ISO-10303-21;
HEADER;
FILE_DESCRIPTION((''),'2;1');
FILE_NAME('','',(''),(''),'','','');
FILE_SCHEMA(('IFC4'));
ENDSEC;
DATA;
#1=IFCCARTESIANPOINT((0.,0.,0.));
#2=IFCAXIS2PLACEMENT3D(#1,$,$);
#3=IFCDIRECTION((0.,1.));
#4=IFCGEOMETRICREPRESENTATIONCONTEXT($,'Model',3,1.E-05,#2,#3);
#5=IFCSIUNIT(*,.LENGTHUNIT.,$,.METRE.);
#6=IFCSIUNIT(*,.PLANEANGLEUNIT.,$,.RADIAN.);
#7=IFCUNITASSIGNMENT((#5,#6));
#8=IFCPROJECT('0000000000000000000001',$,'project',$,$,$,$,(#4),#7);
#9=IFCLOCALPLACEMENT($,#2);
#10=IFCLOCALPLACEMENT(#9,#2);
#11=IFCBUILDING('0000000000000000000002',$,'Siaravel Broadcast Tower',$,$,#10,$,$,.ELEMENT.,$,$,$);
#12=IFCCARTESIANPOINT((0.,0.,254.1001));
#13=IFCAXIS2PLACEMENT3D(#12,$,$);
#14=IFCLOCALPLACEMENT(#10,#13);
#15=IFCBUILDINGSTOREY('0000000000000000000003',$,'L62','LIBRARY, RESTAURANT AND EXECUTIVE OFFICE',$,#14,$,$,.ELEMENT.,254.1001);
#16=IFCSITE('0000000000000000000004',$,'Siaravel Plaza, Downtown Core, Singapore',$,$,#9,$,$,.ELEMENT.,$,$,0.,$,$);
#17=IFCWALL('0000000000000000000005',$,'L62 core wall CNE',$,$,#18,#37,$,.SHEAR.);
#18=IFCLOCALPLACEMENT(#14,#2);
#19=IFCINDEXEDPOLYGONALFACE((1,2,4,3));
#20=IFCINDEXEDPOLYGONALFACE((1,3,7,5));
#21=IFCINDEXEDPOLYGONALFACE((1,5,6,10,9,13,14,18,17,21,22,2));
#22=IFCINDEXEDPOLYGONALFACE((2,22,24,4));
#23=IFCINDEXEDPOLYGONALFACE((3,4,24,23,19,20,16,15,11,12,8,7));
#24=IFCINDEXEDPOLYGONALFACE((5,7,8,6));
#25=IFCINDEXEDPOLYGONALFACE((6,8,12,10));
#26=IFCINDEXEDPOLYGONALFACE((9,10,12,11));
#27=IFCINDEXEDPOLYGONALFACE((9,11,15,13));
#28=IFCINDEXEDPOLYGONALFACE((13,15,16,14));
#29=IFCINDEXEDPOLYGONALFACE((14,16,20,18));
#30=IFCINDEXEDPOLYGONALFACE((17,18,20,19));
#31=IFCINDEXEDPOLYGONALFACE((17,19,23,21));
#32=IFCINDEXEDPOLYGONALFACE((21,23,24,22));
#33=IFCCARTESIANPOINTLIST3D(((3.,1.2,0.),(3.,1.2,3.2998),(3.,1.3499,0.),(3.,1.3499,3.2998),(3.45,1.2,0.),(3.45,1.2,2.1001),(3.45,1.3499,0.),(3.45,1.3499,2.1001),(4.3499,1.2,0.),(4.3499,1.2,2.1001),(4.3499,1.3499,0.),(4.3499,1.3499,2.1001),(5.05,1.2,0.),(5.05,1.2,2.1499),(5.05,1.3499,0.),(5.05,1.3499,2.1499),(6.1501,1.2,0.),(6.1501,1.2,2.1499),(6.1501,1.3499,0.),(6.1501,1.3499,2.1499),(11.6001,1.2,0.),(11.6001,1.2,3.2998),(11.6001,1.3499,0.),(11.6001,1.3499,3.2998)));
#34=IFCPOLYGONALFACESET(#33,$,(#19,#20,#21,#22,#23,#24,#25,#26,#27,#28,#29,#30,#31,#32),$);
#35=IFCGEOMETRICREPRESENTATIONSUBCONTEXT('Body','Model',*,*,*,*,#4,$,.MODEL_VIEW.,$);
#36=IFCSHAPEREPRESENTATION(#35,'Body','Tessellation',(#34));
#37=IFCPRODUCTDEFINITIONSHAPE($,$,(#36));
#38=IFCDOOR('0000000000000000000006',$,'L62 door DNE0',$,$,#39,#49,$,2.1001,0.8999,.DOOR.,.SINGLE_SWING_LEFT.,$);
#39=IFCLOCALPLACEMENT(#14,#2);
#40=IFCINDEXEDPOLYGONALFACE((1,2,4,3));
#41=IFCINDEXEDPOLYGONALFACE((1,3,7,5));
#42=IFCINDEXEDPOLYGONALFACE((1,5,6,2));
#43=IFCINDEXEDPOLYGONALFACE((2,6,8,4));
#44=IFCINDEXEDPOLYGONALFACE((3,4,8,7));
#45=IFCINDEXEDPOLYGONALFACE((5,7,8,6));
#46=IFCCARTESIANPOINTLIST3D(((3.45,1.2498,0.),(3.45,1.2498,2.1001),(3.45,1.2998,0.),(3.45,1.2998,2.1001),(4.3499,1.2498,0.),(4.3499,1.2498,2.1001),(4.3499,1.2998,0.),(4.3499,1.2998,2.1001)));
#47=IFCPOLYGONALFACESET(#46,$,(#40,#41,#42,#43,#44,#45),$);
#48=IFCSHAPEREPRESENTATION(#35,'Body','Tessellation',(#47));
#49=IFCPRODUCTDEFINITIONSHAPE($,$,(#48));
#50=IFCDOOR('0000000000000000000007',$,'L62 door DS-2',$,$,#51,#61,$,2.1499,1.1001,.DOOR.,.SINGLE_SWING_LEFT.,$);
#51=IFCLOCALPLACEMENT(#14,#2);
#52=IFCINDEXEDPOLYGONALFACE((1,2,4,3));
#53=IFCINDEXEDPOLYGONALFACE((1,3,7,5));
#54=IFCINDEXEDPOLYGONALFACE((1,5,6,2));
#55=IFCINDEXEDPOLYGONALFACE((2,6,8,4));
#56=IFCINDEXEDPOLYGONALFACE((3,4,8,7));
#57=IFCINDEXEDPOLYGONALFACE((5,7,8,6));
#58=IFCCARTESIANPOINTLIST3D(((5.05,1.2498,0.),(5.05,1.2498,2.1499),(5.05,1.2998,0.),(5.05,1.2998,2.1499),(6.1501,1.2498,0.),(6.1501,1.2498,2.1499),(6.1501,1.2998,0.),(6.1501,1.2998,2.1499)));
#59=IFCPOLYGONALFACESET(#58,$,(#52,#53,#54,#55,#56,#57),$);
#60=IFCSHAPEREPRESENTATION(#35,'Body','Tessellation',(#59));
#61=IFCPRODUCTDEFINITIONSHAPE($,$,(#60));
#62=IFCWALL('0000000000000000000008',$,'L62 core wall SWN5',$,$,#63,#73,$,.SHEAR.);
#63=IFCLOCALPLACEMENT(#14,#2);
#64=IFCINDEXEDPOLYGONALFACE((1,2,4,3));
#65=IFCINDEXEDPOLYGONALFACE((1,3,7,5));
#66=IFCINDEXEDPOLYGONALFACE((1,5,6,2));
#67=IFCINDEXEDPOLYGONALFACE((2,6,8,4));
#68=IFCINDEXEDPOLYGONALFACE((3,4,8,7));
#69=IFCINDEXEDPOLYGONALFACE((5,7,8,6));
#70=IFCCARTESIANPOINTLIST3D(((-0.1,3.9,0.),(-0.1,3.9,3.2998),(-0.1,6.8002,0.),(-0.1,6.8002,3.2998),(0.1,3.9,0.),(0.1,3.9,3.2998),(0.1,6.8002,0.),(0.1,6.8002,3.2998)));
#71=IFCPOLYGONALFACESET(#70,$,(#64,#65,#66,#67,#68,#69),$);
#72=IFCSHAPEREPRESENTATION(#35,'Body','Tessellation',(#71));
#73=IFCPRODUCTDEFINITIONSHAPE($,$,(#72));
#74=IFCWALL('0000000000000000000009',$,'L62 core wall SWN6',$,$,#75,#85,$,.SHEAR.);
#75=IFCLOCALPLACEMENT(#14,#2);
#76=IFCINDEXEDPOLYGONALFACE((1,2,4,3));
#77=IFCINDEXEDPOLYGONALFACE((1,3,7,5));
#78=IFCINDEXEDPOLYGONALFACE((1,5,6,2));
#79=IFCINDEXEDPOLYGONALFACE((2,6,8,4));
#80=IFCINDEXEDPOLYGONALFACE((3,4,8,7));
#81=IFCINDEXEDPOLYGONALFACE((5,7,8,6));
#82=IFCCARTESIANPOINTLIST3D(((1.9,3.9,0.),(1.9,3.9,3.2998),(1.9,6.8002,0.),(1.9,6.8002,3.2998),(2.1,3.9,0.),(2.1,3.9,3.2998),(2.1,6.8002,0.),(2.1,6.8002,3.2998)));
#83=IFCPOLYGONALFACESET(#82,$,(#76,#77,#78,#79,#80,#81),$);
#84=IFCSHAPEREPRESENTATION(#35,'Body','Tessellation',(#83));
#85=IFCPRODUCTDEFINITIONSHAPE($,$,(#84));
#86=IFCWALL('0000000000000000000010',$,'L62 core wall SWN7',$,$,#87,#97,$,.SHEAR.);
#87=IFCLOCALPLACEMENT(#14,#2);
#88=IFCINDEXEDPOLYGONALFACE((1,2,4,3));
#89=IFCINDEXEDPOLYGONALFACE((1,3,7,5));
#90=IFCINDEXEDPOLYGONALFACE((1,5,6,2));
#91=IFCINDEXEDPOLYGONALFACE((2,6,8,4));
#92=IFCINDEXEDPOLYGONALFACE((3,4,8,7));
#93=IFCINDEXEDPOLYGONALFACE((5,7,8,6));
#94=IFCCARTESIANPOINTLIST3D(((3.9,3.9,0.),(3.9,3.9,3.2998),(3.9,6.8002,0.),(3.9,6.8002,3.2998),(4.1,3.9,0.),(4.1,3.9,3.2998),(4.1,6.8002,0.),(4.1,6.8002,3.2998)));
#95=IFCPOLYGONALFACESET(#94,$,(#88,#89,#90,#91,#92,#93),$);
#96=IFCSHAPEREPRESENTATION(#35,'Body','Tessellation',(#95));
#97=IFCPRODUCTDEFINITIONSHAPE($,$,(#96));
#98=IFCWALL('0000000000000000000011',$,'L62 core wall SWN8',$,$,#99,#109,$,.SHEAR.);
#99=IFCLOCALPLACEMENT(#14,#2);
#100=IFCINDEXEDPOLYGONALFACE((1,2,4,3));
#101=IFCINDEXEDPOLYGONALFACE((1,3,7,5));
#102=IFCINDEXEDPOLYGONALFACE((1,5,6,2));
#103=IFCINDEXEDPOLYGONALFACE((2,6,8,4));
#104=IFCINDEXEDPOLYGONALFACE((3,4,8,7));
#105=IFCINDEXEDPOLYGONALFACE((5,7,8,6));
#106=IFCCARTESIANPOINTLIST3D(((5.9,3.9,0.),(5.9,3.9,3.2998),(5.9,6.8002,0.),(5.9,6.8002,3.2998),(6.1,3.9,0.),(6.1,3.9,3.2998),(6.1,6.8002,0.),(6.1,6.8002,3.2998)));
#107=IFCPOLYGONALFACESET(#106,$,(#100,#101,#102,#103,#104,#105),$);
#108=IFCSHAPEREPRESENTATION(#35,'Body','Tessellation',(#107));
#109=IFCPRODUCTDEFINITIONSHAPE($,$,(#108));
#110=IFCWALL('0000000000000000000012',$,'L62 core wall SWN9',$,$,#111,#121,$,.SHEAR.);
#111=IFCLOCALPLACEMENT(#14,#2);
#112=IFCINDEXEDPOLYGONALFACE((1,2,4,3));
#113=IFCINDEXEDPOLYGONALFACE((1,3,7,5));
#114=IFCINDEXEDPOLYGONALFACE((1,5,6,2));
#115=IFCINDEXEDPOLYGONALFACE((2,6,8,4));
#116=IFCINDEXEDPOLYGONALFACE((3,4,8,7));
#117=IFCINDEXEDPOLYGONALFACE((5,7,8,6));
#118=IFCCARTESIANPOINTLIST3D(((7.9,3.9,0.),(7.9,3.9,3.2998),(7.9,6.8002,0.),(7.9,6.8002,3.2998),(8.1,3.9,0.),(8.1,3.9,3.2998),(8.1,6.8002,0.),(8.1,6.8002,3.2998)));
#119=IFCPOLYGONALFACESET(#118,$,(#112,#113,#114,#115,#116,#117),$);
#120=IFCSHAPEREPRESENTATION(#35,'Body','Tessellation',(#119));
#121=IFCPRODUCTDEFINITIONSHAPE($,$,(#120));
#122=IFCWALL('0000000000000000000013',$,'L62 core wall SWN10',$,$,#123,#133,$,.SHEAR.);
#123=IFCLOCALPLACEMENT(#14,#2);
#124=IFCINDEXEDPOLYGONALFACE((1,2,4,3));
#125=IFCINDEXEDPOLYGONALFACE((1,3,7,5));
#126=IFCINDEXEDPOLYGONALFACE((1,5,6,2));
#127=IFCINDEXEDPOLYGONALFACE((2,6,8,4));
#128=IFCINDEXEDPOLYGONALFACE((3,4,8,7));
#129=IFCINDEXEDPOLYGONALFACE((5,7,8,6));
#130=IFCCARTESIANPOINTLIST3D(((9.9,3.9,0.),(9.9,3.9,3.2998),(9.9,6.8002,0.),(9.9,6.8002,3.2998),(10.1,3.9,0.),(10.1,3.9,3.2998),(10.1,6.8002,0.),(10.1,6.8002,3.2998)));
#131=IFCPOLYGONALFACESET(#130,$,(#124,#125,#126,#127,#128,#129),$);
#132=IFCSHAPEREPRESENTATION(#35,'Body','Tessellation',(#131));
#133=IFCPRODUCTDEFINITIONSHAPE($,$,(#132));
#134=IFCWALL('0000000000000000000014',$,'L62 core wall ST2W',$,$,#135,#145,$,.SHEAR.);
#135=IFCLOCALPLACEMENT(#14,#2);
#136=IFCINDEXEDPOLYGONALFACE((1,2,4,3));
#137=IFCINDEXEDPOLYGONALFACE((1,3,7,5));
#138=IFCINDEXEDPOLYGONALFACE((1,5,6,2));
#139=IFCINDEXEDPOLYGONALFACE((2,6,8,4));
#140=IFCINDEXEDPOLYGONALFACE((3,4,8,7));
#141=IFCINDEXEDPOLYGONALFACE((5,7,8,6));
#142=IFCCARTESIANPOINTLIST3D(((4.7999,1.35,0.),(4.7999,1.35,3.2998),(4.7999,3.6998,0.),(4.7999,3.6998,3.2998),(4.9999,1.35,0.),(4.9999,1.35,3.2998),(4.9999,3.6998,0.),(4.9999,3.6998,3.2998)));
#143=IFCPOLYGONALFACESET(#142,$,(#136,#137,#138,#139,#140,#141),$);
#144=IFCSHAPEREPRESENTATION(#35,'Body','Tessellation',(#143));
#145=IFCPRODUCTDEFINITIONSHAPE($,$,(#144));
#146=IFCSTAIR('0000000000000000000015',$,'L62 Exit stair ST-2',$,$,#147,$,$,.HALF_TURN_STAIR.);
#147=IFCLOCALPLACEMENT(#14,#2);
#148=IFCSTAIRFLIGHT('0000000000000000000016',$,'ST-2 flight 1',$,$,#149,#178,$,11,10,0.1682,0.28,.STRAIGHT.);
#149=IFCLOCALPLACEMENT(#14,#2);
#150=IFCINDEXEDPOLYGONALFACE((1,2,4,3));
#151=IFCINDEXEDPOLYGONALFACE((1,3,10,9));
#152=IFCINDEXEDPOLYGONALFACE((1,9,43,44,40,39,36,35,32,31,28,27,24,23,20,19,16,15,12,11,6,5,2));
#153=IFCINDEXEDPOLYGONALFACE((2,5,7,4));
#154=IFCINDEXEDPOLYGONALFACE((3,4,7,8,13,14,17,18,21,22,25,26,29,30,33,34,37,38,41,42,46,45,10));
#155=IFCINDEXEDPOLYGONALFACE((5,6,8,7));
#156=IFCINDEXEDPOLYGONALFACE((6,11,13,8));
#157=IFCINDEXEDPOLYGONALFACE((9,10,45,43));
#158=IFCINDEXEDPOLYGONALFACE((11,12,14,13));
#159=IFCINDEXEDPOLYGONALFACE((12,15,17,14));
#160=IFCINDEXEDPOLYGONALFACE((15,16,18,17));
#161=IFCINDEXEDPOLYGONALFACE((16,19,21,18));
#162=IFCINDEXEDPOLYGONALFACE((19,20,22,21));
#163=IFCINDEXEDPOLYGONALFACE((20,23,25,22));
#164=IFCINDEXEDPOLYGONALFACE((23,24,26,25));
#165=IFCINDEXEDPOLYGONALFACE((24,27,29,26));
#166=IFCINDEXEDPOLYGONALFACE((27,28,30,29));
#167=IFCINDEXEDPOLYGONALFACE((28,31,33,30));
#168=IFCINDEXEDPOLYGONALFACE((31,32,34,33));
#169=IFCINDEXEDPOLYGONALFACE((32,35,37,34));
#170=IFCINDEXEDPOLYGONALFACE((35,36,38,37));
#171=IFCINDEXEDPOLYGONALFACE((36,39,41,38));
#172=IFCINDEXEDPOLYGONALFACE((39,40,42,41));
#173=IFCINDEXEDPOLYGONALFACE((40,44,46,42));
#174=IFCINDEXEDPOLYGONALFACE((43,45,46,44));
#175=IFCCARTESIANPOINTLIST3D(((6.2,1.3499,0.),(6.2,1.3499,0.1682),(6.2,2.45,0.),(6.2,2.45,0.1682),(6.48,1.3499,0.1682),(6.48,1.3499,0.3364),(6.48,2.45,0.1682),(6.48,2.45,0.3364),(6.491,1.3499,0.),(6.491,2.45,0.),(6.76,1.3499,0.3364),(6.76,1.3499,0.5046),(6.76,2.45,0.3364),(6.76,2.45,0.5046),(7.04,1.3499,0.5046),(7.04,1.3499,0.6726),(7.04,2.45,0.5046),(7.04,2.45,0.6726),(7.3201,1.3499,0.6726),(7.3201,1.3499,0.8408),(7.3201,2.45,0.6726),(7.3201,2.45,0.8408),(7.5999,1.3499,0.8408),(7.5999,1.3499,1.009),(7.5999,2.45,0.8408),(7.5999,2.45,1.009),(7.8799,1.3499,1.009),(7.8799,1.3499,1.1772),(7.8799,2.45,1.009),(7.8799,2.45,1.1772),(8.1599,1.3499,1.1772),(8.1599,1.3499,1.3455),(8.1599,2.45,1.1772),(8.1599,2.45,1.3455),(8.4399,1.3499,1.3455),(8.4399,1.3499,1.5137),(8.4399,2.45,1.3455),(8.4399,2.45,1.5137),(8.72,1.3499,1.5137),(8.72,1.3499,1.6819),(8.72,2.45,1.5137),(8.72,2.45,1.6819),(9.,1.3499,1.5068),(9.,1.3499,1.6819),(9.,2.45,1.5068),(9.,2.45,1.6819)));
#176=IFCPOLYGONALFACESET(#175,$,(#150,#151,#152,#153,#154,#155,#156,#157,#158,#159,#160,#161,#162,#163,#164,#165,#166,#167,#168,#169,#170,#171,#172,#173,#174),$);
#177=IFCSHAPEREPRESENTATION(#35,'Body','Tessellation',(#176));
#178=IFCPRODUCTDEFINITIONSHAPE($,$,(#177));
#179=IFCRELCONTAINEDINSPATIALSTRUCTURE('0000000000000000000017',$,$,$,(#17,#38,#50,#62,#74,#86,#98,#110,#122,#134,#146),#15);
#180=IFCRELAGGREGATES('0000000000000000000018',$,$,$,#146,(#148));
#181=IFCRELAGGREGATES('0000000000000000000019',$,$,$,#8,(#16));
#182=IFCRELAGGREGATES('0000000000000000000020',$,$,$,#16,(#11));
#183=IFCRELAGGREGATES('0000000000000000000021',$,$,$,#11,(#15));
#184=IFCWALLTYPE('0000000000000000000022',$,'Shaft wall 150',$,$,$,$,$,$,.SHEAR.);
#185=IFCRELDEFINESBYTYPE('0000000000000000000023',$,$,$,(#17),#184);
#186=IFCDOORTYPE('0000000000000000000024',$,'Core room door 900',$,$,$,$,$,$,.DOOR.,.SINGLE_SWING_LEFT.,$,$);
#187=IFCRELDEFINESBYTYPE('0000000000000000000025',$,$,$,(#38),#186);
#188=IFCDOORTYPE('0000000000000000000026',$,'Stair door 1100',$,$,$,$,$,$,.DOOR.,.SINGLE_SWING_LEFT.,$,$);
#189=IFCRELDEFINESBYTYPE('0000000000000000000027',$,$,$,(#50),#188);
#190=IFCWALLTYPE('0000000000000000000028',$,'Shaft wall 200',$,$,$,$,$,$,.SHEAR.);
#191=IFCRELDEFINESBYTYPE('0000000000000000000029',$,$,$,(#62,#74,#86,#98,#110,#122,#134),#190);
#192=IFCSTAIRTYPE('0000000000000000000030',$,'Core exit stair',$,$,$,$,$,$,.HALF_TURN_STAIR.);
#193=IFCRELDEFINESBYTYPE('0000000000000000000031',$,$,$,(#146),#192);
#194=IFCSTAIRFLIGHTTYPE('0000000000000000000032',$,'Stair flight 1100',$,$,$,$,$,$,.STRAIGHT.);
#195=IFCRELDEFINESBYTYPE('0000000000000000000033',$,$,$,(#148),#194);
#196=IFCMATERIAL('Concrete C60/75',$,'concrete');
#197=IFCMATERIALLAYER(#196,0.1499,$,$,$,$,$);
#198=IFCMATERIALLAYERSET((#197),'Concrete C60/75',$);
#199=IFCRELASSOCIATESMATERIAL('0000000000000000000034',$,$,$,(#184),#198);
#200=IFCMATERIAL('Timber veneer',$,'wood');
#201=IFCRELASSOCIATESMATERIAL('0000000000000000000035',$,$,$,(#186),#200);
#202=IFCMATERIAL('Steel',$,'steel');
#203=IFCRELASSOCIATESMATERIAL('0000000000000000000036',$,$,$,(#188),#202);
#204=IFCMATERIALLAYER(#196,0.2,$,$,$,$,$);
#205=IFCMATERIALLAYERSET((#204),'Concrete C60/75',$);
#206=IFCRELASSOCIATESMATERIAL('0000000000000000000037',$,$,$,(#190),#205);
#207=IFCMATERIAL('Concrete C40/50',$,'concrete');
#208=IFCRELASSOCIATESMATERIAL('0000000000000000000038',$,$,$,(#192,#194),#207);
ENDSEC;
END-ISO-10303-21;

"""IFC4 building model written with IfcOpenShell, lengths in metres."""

from ifc_helpers import new_model, si_unit, direction, frame, frame_2d, origin, place, context, subcontext, project, spatial, polyline, rectangle, outline, extrude, material, layer, layer_set, type_object, element, fill, aggregate, save


model = new_model("IFC4")

# Units and contexts
model_context = context("Model", 3, precision=1e-05, world=origin(), true_north=direction((0.0, 1.0)))
body_context = subcontext(model_context, "Body", "Model", "MODEL_VIEW")
ifc_project = project(units=[si_unit("LENGTHUNIT", "METRE"), si_unit("PLANEANGLEUNIT", "RADIAN")], contexts=[model_context])

# Site, building, storey
site_placement = place(None, origin())
site = spatial("IfcSite", under=ifc_project, at=site_placement, Name="Siaravel Plaza, Downtown Core, Singapore", CompositionType="ELEMENT", RefElevation=0.0)
building_placement = place(site_placement, origin())
building = spatial("IfcBuilding", under=site, at=building_placement, Name="Siaravel Broadcast Tower", CompositionType="ELEMENT")
storey_placement = place(building_placement, frame((0.0, 0.0, 254.1001)))
storey = spatial("IfcBuildingStorey", under=building, at=storey_placement, Name="L62", Description="LIBRARY, RESTAURANT AND EXECUTIVE OFFICE", CompositionType="ELEMENT", Elevation=254.1001)

# Shared definitions
ifc_material_1 = material(Name="Steel", Category="steel")

# Wall, openings, doors
ifc_material_2 = material(Name="Concrete C60/75", Category="concrete")
ifc_layer_1 = layer(ifc_material_2, 0.1499)
ifc_layer_set_1 = layer_set([ifc_layer_1], Name="Concrete C60/75")
wall_type_1 = type_object("IfcWallType", Name="Shaft wall 150", PredefinedType="SHEAR", material=ifc_layer_set_1)
wall_1_placement = place(storey_placement, frame((3.0, 1.2749, 0.0), z_axis=(0.0, 0.0, 1.0), x_axis=(1.0, 0.0, 0.0)))
wall_1 = element("IfcWall", 1, at=wall_1_placement, inside=storey, type_object=wall_type_1, Name="L62 core wall CNE", PredefinedType="SHEAR", context=body_context, shape_type="SweptSolid", body=[
    extrude(rectangle(XDim=8.6001, YDim=0.1499, at=frame_2d((4.3, 0.0))), origin(), (0.0, 0.0, 1.0), 3.2998),
])
opening_1_placement = place(wall_1_placement, frame((2.05, 0.0, 0.0)))
opening_1 = element("IfcOpeningElement", 2, at=opening_1_placement, cuts=wall_1, PredefinedType="OPENING", context=body_context, shape_type="SweptSolid", body=[
    extrude(rectangle(XDim=1.1001, YDim=2.1499, at=frame_2d((0.55, 1.075))), frame((0.0, 0.085, 0.0), z_axis=(0.0, -1.0, 0.0), x_axis=(1.0, 0.0, 0.0)), (0.0, 0.0, 1.0), 0.1699),
])
opening_2_placement = place(wall_1_placement, frame((0.45, 0.0, 0.0)))
opening_2 = element("IfcOpeningElement", 3, at=opening_2_placement, cuts=wall_1, PredefinedType="OPENING", context=body_context, shape_type="SweptSolid", body=[
    extrude(rectangle(XDim=0.8999, YDim=2.1001, at=frame_2d((0.45, 1.05))), frame((0.0, 0.085, 0.0), z_axis=(0.0, -1.0, 0.0), x_axis=(1.0, 0.0, 0.0)), (0.0, 0.0, 1.0), 0.1699),
])
ifc_material_3 = material(Name="Timber veneer", Category="wood")
door_type_1 = type_object("IfcDoorType", Name="Core room door 900", OperationType="SINGLE_SWING_LEFT", PredefinedType="DOOR", material=ifc_material_3)
door_1_placement = place(opening_2_placement, origin())
door_1 = element("IfcDoor", 4, at=door_1_placement, inside=storey, type_object=door_type_1, Name="L62 door DNE0", OperationType="SINGLE_SWING_LEFT", OverallHeight=2.1001, OverallWidth=0.8999, PredefinedType="DOOR", context=body_context, shape_type="SweptSolid", body=[
    extrude(rectangle(XDim=0.8999, YDim=2.1001, at=frame_2d((0.45, 1.05))), frame((0.0, 0.0249, 0.0), z_axis=(0.0, -1.0, 0.0), x_axis=(1.0, 0.0, 0.0)), (0.0, 0.0, 1.0), 0.05),
])
fill(opening_2, door_1)
door_type_2 = type_object("IfcDoorType", Name="Stair door 1100", OperationType="SINGLE_SWING_LEFT", PredefinedType="DOOR", material=ifc_material_1)
door_2_placement = place(opening_1_placement, origin())
door_2 = element("IfcDoor", 5, at=door_2_placement, inside=storey, type_object=door_type_2, Name="L62 door DS-2", OperationType="SINGLE_SWING_LEFT", OverallHeight=2.1499, OverallWidth=1.1001, PredefinedType="DOOR", context=body_context, shape_type="SweptSolid", body=[
    extrude(rectangle(XDim=1.1001, YDim=2.1499, at=frame_2d((0.55, 1.075))), frame((0.0, 0.0249, 0.0), z_axis=(0.0, -1.0, 0.0), x_axis=(1.0, 0.0, 0.0)), (0.0, 0.0, 1.0), 0.05),
])
fill(opening_1, door_2)

# Walls
ifc_layer_2 = layer(ifc_material_2, 0.2)
ifc_layer_set_2 = layer_set([ifc_layer_2], Name="Concrete C60/75")
wall_type_2 = type_object("IfcWallType", Name="Shaft wall 200", PredefinedType="SHEAR", material=ifc_layer_set_2)
for number, where, z_axis, x_axis, name in (
    (6, (0.0, 3.8999, 0.0), (0.0, 0.0, 1.0), (0.0, 1.0, 0.0), "L62 core wall SWN5"),
    (7, (2.0, 3.8999, 0.0), (0.0, 0.0, 1.0), (0.0, 1.0, 0.0), "L62 core wall SWN6"),
    (8, (4.0, 3.8999, 0.0), (0.0, 0.0, 1.0), (0.0, 1.0, 0.0), "L62 core wall SWN7"),
    (9, (6.0, 3.8999, 0.0), (0.0, 0.0, 1.0), (0.0, 1.0, 0.0), "L62 core wall SWN8"),
    (10, (8.0, 3.8999, 0.0), (0.0, 0.0, 1.0), (0.0, 1.0, 0.0), "L62 core wall SWN9"),
    (11, (10.0, 3.8999, 0.0), (0.0, 0.0, 1.0), (0.0, 1.0, 0.0), "L62 core wall SWN10"),
):
    element("IfcWall", number, at=place(storey_placement, frame(where, z_axis=z_axis, x_axis=x_axis)), inside=storey, type_object=wall_type_2, Name=name, PredefinedType="SHEAR", context=body_context, shape_type="SweptSolid", body=[
        extrude(rectangle(XDim=2.9001, YDim=0.2, at=frame_2d((1.4502, 0.0))), origin(), (0.0, 0.0, 1.0), 3.2998),
    ])
wall_2_placement = place(storey_placement, frame((4.8999, 1.3501, 0.0), z_axis=(0.0, 0.0, 1.0), x_axis=(0.0, 1.0, 0.0)))
element("IfcWall", 12, at=wall_2_placement, inside=storey, type_object=wall_type_2, Name="L62 core wall ST2W", PredefinedType="SHEAR", context=body_context, shape_type="SweptSolid", body=[
    extrude(rectangle(XDim=2.3499, YDim=0.2, at=frame_2d((1.1748, 0.0))), origin(), (0.0, 0.0, 1.0), 3.2998),
])

# Stair, stair flight
ifc_material_4 = material(Name="Concrete C40/50", Category="concrete")
stair_type = type_object("IfcStairType", Name="Core exit stair", PredefinedType="HALF_TURN_STAIR", material=ifc_material_4)
stair_placement = place(storey_placement, origin())
stair = element("IfcStair", 13, at=stair_placement, inside=storey, type_object=stair_type, Name="L62 Exit stair ST-2", PredefinedType="HALF_TURN_STAIR")
stair_flight_type = type_object("IfcStairFlightType", Name="Stair flight 1100", PredefinedType="STRAIGHT", material=ifc_material_4)
stair_flight_1_placement = place(storey_placement, frame((6.2, 1.8999, 0.0), z_axis=(0.0, 0.0, 1.0), x_axis=(1.0, 0.0, 0.0)))
stair_flight_1 = element("IfcStairFlight", 14, at=stair_flight_1_placement, type_object=stair_flight_type, Name="ST-2 flight 1", NumberOfRisers=11, NumberOfTreads=10, PredefinedType="STRAIGHT", RiserHeight=0.1682, TreadLength=0.28, context=body_context, shape_type="SweptSolid", body=[
    extrude(outline(polyline([(0.0, 0.0), (0.0, 0.1682), (0.28, 0.1682), (0.28, 0.3364), (0.5601, 0.3364), (0.5601, 0.5046), (0.8401, 0.5046), (0.8401, 0.6726), (1.1201, 0.6726), (1.1201, 0.8408), (1.3999, 0.8408), (1.3999, 1.009), (1.6799, 1.009), (1.6799, 1.1772), (1.96, 1.1772), (1.96, 1.3455), (2.24, 1.3455), (2.24, 1.5137), (2.52, 1.5137), (2.52, 1.6819), (2.8, 1.6819), (2.8, 1.8501), (2.8, 1.5068), (0.291, 0.0), (0.0, 0.0)])), frame((0.0, 0.55, 0.0), z_axis=(0.0, -1.0, 0.0), x_axis=(1.0, 0.0, 0.0)), (0.0, 0.0, 1.0), 1.1001),
])
aggregate(stair, [stair_flight_1])

save(model, "model.ifc")
